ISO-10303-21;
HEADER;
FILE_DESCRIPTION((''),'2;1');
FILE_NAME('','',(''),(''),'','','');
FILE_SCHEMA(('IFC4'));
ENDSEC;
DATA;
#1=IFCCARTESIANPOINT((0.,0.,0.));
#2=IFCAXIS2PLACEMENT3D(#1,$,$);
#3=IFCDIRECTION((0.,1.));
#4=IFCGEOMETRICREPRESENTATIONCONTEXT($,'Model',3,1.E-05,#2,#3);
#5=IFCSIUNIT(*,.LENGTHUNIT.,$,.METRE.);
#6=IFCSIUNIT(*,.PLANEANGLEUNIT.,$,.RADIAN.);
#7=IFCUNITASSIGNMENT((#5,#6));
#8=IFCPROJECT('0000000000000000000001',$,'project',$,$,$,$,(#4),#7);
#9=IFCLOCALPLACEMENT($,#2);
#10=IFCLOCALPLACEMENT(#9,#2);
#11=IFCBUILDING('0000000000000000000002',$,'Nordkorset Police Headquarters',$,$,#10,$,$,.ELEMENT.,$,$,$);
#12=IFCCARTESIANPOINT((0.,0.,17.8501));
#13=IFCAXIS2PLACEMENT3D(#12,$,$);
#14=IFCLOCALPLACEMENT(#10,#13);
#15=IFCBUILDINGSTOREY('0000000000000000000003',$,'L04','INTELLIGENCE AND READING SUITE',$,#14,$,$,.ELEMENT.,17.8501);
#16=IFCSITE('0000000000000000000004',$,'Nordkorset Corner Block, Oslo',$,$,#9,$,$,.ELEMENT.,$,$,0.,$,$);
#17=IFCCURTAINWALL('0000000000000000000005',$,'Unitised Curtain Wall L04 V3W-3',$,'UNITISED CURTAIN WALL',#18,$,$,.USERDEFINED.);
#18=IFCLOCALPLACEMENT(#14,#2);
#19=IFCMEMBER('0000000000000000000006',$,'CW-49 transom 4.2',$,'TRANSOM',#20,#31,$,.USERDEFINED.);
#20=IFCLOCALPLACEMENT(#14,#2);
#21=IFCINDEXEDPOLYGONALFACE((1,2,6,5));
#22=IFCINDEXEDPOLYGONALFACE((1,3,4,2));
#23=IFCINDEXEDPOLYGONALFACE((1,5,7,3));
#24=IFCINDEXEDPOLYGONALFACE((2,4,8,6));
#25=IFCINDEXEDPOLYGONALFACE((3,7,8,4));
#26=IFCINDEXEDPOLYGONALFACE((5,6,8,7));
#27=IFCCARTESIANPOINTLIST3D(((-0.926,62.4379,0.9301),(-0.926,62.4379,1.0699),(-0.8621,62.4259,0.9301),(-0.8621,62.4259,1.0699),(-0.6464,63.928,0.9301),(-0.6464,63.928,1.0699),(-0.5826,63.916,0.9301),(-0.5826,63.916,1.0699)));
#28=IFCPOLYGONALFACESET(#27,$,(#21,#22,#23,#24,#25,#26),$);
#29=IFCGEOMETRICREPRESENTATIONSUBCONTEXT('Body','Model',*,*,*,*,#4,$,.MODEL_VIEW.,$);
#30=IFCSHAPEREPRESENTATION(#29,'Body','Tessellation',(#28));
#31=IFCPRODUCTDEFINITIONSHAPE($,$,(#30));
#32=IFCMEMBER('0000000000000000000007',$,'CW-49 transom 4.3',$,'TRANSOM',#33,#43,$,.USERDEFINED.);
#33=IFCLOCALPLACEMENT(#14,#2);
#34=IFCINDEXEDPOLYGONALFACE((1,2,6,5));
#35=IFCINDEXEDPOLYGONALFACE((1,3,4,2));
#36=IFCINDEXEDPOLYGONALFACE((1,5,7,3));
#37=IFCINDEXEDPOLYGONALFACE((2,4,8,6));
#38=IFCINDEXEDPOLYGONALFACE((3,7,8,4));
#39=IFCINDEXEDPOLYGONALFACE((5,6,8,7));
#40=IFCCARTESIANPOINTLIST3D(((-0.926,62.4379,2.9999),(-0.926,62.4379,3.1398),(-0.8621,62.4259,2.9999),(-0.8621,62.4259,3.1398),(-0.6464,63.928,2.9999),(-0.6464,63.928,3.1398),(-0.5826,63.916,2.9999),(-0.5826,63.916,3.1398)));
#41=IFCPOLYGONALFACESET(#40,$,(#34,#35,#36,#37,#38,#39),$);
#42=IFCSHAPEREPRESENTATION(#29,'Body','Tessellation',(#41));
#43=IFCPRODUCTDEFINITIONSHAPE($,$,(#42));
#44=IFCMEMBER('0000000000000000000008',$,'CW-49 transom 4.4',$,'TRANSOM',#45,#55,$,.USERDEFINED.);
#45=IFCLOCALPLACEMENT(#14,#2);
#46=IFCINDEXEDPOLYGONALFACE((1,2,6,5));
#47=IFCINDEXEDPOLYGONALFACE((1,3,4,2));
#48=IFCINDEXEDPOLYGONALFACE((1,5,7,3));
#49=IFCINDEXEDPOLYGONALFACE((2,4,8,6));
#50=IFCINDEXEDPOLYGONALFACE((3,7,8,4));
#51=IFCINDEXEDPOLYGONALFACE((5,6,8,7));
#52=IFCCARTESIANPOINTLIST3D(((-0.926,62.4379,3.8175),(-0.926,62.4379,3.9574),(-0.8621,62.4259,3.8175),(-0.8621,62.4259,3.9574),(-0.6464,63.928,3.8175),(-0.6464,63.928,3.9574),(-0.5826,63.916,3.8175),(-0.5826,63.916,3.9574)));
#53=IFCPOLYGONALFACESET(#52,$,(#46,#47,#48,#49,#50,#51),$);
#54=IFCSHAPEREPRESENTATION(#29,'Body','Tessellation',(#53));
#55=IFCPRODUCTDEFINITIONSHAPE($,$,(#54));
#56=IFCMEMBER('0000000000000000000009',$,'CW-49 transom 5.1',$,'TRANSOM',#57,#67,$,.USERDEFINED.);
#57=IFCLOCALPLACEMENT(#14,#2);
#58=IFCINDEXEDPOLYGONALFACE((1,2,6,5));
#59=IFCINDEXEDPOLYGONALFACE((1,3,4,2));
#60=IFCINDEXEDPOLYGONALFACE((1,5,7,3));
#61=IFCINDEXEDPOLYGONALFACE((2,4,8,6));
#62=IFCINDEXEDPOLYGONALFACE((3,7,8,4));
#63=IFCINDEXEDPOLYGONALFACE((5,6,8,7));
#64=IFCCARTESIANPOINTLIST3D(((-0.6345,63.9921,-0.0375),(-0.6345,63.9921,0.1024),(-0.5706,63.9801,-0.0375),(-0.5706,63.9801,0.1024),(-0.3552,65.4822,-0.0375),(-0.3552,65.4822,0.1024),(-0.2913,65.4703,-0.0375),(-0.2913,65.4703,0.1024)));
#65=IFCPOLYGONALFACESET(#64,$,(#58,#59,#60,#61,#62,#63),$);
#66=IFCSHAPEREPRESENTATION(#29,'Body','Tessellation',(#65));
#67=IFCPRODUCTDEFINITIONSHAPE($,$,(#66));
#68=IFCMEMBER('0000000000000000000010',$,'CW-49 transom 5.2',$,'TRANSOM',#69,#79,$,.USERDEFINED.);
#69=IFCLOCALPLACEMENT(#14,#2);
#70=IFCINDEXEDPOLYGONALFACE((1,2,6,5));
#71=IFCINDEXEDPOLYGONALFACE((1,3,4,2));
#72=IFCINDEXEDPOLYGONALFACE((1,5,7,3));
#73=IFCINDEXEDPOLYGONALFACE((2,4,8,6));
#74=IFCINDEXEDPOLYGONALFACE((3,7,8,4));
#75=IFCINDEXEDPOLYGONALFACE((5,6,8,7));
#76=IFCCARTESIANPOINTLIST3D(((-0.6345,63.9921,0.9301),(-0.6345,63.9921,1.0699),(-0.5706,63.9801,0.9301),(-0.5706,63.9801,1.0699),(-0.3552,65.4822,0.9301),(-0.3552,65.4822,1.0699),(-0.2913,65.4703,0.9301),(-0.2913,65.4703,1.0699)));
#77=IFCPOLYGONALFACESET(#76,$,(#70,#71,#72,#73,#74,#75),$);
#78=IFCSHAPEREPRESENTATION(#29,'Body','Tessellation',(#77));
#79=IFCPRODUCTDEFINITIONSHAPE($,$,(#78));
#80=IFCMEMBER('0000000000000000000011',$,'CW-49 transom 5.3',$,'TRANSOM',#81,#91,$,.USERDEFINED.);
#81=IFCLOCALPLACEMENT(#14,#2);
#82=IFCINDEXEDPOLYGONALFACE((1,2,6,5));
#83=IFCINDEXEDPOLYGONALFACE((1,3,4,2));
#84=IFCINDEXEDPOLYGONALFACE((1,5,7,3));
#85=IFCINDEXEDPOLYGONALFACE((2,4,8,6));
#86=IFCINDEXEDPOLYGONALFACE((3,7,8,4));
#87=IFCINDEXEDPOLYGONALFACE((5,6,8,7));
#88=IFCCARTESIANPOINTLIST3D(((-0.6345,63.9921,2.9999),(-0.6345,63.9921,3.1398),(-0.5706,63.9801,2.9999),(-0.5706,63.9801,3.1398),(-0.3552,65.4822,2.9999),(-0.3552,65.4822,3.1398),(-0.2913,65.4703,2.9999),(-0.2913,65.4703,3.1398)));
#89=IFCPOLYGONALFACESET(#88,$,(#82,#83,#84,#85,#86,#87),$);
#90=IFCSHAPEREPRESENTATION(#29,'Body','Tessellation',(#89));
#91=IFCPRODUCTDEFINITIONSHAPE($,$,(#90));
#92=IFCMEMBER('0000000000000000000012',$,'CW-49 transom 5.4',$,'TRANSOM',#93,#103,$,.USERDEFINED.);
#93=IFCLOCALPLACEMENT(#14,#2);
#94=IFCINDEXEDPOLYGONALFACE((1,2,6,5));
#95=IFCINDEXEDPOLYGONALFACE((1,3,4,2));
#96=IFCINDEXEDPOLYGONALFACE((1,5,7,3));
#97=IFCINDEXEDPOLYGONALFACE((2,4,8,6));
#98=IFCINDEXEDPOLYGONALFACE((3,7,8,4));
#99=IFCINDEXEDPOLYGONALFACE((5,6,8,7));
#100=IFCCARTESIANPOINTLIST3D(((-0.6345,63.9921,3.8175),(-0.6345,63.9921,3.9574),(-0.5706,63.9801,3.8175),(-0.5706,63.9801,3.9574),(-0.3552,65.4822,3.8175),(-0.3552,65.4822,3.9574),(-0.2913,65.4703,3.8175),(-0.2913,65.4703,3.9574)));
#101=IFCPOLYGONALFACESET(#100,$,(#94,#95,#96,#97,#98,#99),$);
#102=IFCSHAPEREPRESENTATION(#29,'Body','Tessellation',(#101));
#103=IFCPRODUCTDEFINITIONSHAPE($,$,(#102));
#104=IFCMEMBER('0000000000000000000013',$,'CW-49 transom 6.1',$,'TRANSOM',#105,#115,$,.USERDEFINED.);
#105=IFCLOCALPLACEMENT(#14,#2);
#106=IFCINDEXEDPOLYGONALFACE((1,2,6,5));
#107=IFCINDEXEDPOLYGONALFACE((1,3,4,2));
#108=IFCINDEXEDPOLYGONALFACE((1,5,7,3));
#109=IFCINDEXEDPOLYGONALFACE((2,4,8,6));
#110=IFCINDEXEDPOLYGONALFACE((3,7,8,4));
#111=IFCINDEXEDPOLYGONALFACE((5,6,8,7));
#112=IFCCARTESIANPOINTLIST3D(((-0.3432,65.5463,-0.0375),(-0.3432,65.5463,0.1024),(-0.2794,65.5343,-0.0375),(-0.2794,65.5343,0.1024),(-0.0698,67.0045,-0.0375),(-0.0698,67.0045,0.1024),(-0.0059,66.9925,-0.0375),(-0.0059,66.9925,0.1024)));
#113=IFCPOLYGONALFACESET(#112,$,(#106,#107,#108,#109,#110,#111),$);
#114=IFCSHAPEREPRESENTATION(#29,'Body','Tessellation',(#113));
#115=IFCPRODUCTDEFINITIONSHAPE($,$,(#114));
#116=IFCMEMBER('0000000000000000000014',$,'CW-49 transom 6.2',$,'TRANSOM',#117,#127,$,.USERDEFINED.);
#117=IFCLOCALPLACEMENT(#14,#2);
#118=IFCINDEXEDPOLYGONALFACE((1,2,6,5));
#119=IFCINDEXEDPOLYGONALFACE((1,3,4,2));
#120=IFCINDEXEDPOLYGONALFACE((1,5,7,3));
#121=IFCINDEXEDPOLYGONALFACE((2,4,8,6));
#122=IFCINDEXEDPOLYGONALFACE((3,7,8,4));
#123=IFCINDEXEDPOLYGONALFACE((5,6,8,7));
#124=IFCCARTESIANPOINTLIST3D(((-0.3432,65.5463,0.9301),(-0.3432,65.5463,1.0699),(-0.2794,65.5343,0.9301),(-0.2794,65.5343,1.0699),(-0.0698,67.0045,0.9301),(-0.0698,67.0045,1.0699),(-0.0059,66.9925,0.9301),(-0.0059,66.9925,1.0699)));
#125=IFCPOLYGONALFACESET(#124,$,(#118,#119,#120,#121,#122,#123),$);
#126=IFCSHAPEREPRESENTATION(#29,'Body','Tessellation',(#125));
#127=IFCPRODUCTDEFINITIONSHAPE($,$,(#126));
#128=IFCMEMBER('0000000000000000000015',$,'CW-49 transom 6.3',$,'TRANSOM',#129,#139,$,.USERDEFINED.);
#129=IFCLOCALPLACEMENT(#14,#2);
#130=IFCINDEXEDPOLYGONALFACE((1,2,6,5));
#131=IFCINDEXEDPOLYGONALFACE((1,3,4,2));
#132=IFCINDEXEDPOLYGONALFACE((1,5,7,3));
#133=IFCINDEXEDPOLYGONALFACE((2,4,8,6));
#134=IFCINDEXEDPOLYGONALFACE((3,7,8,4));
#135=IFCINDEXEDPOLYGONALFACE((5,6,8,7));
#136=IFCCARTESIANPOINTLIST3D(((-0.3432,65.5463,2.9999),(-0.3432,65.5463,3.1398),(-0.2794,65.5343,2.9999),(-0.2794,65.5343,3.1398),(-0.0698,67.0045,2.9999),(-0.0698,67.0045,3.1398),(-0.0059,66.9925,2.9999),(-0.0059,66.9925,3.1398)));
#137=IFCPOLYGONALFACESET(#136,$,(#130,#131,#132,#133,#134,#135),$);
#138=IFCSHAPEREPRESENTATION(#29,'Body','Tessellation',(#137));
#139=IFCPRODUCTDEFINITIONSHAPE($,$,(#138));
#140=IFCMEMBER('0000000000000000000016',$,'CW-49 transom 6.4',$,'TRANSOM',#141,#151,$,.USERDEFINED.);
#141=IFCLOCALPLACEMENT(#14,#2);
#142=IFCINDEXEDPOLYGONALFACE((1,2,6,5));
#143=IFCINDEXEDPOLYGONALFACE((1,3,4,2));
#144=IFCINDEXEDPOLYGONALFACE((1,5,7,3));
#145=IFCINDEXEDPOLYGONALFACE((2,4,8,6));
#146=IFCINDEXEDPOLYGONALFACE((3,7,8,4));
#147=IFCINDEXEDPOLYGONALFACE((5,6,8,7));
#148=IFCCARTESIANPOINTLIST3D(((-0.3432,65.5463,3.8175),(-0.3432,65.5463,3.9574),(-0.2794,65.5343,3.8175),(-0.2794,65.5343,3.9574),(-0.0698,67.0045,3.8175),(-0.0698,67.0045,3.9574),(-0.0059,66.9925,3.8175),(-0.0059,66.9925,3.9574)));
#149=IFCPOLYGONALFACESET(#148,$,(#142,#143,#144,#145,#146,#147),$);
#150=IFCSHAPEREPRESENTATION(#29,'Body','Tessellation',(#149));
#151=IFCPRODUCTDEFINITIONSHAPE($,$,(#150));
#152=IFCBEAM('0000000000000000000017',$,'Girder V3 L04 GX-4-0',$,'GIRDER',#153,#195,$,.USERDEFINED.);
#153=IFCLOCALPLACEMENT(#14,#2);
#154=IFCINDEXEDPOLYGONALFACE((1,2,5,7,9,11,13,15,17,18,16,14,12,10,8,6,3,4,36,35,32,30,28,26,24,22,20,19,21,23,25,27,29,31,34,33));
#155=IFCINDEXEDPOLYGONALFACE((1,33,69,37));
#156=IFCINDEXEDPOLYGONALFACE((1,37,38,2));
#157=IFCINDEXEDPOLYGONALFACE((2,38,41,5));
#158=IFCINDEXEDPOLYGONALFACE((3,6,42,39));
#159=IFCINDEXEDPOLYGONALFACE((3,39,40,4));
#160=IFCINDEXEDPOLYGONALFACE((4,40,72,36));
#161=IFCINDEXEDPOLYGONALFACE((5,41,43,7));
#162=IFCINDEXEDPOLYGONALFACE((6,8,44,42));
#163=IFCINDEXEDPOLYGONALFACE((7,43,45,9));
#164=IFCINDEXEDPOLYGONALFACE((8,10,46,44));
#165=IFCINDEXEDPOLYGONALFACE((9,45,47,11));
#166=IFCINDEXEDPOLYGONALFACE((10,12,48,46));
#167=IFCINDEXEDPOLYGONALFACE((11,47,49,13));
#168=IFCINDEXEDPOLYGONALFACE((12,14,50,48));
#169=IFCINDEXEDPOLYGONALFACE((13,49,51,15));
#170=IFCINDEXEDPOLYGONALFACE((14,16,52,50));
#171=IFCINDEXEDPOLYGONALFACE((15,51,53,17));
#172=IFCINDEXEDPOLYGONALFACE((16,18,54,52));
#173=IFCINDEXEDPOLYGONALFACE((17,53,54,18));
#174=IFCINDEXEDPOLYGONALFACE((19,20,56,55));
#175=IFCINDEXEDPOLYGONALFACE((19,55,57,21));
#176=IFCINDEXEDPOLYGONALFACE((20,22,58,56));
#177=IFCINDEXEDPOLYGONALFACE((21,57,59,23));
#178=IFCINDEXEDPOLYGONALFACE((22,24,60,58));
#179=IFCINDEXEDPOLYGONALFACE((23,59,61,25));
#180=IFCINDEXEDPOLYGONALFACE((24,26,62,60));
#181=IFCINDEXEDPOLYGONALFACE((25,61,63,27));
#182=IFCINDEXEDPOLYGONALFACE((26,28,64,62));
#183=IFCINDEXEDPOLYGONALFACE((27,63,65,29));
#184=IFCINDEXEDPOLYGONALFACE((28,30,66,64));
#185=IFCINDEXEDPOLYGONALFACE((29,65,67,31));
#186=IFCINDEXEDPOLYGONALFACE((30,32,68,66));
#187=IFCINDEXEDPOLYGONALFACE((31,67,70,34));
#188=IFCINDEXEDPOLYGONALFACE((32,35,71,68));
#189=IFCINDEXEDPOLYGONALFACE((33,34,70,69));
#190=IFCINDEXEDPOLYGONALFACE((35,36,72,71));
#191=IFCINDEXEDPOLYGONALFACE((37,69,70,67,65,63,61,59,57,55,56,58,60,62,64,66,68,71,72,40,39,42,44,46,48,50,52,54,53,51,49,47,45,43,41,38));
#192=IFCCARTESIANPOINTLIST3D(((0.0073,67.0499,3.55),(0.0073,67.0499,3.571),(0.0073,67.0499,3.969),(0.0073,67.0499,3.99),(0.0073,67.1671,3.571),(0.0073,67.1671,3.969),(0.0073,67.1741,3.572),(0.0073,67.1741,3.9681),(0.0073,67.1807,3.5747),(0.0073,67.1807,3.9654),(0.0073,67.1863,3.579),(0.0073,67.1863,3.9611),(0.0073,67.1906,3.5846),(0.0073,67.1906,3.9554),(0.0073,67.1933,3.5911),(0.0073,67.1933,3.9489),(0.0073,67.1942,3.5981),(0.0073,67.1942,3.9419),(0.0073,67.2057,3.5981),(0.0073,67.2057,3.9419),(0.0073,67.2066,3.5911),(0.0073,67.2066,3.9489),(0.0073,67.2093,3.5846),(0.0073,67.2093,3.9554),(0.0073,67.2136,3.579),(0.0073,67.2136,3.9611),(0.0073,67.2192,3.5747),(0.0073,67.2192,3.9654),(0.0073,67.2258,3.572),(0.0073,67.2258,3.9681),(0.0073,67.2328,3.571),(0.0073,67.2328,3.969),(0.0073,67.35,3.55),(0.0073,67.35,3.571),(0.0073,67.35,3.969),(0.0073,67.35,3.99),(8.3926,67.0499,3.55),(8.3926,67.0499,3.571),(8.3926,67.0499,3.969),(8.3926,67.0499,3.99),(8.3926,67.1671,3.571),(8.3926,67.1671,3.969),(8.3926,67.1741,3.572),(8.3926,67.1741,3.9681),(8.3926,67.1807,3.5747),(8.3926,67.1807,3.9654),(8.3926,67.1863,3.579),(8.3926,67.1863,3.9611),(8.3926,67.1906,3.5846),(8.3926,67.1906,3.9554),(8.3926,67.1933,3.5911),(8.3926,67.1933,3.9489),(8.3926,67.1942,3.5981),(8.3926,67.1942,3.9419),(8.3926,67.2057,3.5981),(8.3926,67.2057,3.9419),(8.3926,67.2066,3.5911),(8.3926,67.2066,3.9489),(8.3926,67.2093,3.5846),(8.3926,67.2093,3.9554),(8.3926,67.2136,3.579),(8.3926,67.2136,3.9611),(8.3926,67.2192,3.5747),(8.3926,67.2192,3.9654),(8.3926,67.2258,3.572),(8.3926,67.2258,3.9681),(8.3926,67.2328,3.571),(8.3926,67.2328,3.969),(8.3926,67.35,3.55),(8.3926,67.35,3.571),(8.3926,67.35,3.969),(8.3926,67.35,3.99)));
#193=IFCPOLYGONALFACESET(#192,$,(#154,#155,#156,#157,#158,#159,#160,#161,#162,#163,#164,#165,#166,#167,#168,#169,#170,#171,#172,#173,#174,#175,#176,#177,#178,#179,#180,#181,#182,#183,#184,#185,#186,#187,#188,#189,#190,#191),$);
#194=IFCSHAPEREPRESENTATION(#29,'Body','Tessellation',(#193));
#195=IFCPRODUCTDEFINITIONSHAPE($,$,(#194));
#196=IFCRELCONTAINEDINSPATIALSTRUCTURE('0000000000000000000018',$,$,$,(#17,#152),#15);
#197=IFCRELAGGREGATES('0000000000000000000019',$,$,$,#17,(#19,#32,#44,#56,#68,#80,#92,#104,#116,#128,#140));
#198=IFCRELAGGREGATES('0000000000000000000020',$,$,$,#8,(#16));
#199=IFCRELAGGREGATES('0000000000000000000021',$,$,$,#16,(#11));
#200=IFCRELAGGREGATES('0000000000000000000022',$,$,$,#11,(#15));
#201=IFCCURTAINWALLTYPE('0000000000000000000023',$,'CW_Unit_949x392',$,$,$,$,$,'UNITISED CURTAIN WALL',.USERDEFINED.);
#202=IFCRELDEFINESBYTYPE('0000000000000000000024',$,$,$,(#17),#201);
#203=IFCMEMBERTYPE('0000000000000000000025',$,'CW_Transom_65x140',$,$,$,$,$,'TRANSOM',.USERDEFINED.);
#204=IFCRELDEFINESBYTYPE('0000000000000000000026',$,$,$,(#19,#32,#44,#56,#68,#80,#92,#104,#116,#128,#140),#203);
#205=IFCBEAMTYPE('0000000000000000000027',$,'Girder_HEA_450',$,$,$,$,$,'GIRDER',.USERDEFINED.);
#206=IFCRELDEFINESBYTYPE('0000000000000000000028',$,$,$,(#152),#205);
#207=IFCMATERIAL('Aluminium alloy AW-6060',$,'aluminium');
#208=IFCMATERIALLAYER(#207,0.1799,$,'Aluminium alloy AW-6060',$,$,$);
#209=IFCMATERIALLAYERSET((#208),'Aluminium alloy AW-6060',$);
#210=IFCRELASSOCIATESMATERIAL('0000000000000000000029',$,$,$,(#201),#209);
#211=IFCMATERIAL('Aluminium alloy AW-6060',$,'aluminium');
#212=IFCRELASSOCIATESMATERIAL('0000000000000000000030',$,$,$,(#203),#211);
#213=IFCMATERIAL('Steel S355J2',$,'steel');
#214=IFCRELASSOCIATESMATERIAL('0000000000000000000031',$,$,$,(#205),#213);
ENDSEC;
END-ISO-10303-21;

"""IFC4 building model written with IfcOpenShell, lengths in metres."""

from ifc_helpers import new_model, si_unit, direction, frame, origin, origin_2d, place, context, subcontext, project, spatial, rectangle, i_section, extrude, material, layer, layer_set, material_profile, profile_set, type_object, element, aggregate, save


model = new_model("IFC4")

# Units and contexts
model_context = context("Model", 3, precision=1e-05, world=origin(), true_north=direction((0.0, 1.0)))
body_context = subcontext(model_context, "Body", "Model", "MODEL_VIEW")
ifc_project = project(units=[si_unit("LENGTHUNIT", "METRE"), si_unit("PLANEANGLEUNIT", "RADIAN")], contexts=[model_context])

# Site, building, storey
site_placement = place(None, origin())
site = spatial("IfcSite", under=ifc_project, at=site_placement, Name="Nordkorset Corner Block, Oslo", CompositionType="ELEMENT", RefElevation=0.0)
building_placement = place(site_placement, origin())
building = spatial("IfcBuilding", under=site, at=building_placement, Name="Nordkorset Police Headquarters", CompositionType="ELEMENT")
storey_placement = place(building_placement, frame((0.0, 0.0, 17.8501)))
storey = spatial("IfcBuildingStorey", under=building, at=storey_placement, Name="L04", Description="INTELLIGENCE AND READING SUITE", CompositionType="ELEMENT", Elevation=17.8501)

# Curtain wall, members
ifc_material_1 = material(Name="Aluminium alloy AW-6060", Category="aluminium")
ifc_layer_1 = layer(ifc_material_1, 0.1799, Name="Aluminium alloy AW-6060")
ifc_layer_set_1 = layer_set([ifc_layer_1], Name="Aluminium alloy AW-6060")
curtain_wall_type = type_object("IfcCurtainWallType", Name="CW_Unit_949x392", ElementType="UNITISED CURTAIN WALL", PredefinedType="USERDEFINED", material=ifc_layer_set_1)
curtain_wall_placement = place(storey_placement, origin())
curtain_wall = element("IfcCurtainWall", 1, at=curtain_wall_placement, inside=storey, type_object=curtain_wall_type, Name="Unitised Curtain Wall L04 V3W-3", ObjectType="UNITISED CURTAIN WALL", PredefinedType="USERDEFINED")
ifc_material_2 = material(Name="Aluminium alloy AW-6060", Category="aluminium")
ifc_material_profile_1 = material_profile(ifc_material_2, rectangle(XDim=0.0649, YDim=0.1399, at=origin_2d()), Name="ALU TRAN 65x140")
ifc_profile_set_1 = profile_set([ifc_material_profile_1], Name="Aluminium alloy AW-6060")
member_type_1 = type_object("IfcMemberType", Name="CW_Transom_65x140", ElementType="TRANSOM", PredefinedType="USERDEFINED", material=ifc_profile_set_1)
member_1_placement = place(storey_placement, frame((-0.894, 62.4319, 1.0), z_axis=(0.184366, 0.982858, 0.0), x_axis=(-0.982858, 0.184366, 0.0)))
member_1 = element("IfcMember", 2, at=member_1_placement, type_object=member_type_1, Name="CW-49 transom 4.2", ObjectType="TRANSOM", PredefinedType="USERDEFINED", context=body_context, shape_type="SweptSolid", body=[
    extrude(rectangle(XDim=0.0649, YDim=0.1399, at=origin_2d()), origin(), (0.0, 0.0, 1.0), 1.5161),
])
member_2_placement = place(storey_placement, frame((-0.894, 62.4319, 3.0698), z_axis=(0.184366, 0.982858, 0.0), x_axis=(-0.982858, 0.184366, 0.0)))
member_2 = element("IfcMember", 3, at=member_2_placement, type_object=member_type_1, Name="CW-49 transom 4.3", ObjectType="TRANSOM", PredefinedType="USERDEFINED", context=body_context, shape_type="SweptSolid", body=[
    extrude(rectangle(XDim=0.0649, YDim=0.1399, at=origin_2d()), origin(), (0.0, 0.0, 1.0), 1.5161),
])
member_3_placement = place(storey_placement, frame((-0.894, 62.4319, 3.8875), z_axis=(0.184366, 0.982858, 0.0), x_axis=(-0.982858, 0.184366, 0.0)))
member_3 = element("IfcMember", 4, at=member_3_placement, type_object=member_type_1, Name="CW-49 transom 4.4", ObjectType="TRANSOM", PredefinedType="USERDEFINED", context=body_context, shape_type="SweptSolid", body=[
    extrude(rectangle(XDim=0.0649, YDim=0.1399, at=origin_2d()), origin(), (0.0, 0.0, 1.0), 1.5161),
])
member_4_placement = place(storey_placement, frame((-0.6025, 63.9861, 0.0325), z_axis=(0.184211, 0.982887, 0.0), x_axis=(-0.982887, 0.184211, 0.0)))
member_4 = element("IfcMember", 5, at=member_4_placement, type_object=member_type_1, Name="CW-49 transom 5.1", ObjectType="TRANSOM", PredefinedType="USERDEFINED", context=body_context, shape_type="SweptSolid", body=[
    extrude(rectangle(XDim=0.0649, YDim=0.1399, at=origin_2d()), origin(), (0.0, 0.0, 1.0), 1.5161),
])
member_5_placement = place(storey_placement, frame((-0.6025, 63.9861, 1.0), z_axis=(0.184211, 0.982887, 0.0), x_axis=(-0.982887, 0.184211, 0.0)))
member_5 = element("IfcMember", 6, at=member_5_placement, type_object=member_type_1, Name="CW-49 transom 5.2", ObjectType="TRANSOM", PredefinedType="USERDEFINED", context=body_context, shape_type="SweptSolid", body=[
    extrude(rectangle(XDim=0.0649, YDim=0.1399, at=origin_2d()), origin(), (0.0, 0.0, 1.0), 1.5161),
])
member_6_placement = place(storey_placement, frame((-0.6025, 63.9861, 3.0698), z_axis=(0.184211, 0.982887, 0.0), x_axis=(-0.982887, 0.184211, 0.0)))
member_6 = element("IfcMember", 7, at=member_6_placement, type_object=member_type_1, Name="CW-49 transom 5.3", ObjectType="TRANSOM", PredefinedType="USERDEFINED", context=body_context, shape_type="SweptSolid", body=[
    extrude(rectangle(XDim=0.0649, YDim=0.1399, at=origin_2d()), origin(), (0.0, 0.0, 1.0), 1.5161),
])
member_7_placement = place(storey_placement, frame((-0.6025, 63.9861, 3.8875), z_axis=(0.184211, 0.982887, 0.0), x_axis=(-0.982887, 0.184211, 0.0)))
member_7 = element("IfcMember", 8, at=member_7_placement, type_object=member_type_1, Name="CW-49 transom 5.4", ObjectType="TRANSOM", PredefinedType="USERDEFINED", context=body_context, shape_type="SweptSolid", body=[
    extrude(rectangle(XDim=0.0649, YDim=0.1399, at=origin_2d()), origin(), (0.0, 0.0, 1.0), 1.5161),
])
member_8_placement = place(storey_placement, frame((-0.3113, 65.5403, 0.0325), z_axis=(0.184298, 0.98287, 0.0), x_axis=(-0.98287, 0.184298, 0.0)))
member_8 = element("IfcMember", 9, at=member_8_placement, type_object=member_type_1, Name="CW-49 transom 6.1", ObjectType="TRANSOM", PredefinedType="USERDEFINED", context=body_context, shape_type="SweptSolid", body=[
    extrude(rectangle(XDim=0.0649, YDim=0.1399, at=origin_2d()), origin(), (0.0, 0.0, 1.0), 1.4836),
])
member_9_placement = place(storey_placement, frame((-0.3113, 65.5403, 1.0), z_axis=(0.184298, 0.98287, 0.0), x_axis=(-0.98287, 0.184298, 0.0)))
member_9 = element("IfcMember", 10, at=member_9_placement, type_object=member_type_1, Name="CW-49 transom 6.2", ObjectType="TRANSOM", PredefinedType="USERDEFINED", context=body_context, shape_type="SweptSolid", body=[
    extrude(rectangle(XDim=0.0649, YDim=0.1399, at=origin_2d()), origin(), (0.0, 0.0, 1.0), 1.4836),
])
member_10_placement = place(storey_placement, frame((-0.3113, 65.5403, 3.0698), z_axis=(0.184298, 0.98287, 0.0), x_axis=(-0.98287, 0.184298, 0.0)))
member_10 = element("IfcMember", 11, at=member_10_placement, type_object=member_type_1, Name="CW-49 transom 6.3", ObjectType="TRANSOM", PredefinedType="USERDEFINED", context=body_context, shape_type="SweptSolid", body=[
    extrude(rectangle(XDim=0.0649, YDim=0.1399, at=origin_2d()), origin(), (0.0, 0.0, 1.0), 1.4836),
])
member_11_placement = place(storey_placement, frame((-0.3113, 65.5403, 3.8875), z_axis=(0.184298, 0.98287, 0.0), x_axis=(-0.98287, 0.184298, 0.0)))
member_11 = element("IfcMember", 12, at=member_11_placement, type_object=member_type_1, Name="CW-49 transom 6.4", ObjectType="TRANSOM", PredefinedType="USERDEFINED", context=body_context, shape_type="SweptSolid", body=[
    extrude(rectangle(XDim=0.0649, YDim=0.1399, at=origin_2d()), origin(), (0.0, 0.0, 1.0), 1.4836),
])

# Beam
ifc_material_3 = material(Name="Steel S355J2", Category="steel")
ifc_material_profile_2 = material_profile(ifc_material_3, i_section(OverallWidth=0.3, OverallDepth=0.4399, WebThickness=0.0115, FlangeThickness=0.021, FilletRadius=0.0271, at=origin_2d()), Name="HEA 450")
ifc_profile_set_2 = profile_set([ifc_material_profile_2], Name="Steel S355J2")
beam_type = type_object("IfcBeamType", Name="Girder_HEA_450", ElementType="GIRDER", PredefinedType="USERDEFINED", material=ifc_profile_set_2)
beam_placement = place(storey_placement, frame((0.0073, 67.2, 3.77), z_axis=(1.0, 0.0, 0.0), x_axis=(0.0, 1.0, 0.0)))
element("IfcBeam", 13, at=beam_placement, inside=storey, type_object=beam_type, Name="Girder V3 L04 GX-4-0", ObjectType="GIRDER", PredefinedType="USERDEFINED", context=body_context, shape_type="SweptSolid", body=[
    extrude(i_section(OverallWidth=0.3, OverallDepth=0.4399, WebThickness=0.0115, FlangeThickness=0.021, FilletRadius=0.0271, at=origin_2d()), origin(), (0.0, 0.0, 1.0), 8.3853),
])

aggregate(curtain_wall, [member_1, member_2, member_3, member_4, member_5, member_6, member_7, member_8, member_9, member_10, member_11])

save(model, "model.ifc")
